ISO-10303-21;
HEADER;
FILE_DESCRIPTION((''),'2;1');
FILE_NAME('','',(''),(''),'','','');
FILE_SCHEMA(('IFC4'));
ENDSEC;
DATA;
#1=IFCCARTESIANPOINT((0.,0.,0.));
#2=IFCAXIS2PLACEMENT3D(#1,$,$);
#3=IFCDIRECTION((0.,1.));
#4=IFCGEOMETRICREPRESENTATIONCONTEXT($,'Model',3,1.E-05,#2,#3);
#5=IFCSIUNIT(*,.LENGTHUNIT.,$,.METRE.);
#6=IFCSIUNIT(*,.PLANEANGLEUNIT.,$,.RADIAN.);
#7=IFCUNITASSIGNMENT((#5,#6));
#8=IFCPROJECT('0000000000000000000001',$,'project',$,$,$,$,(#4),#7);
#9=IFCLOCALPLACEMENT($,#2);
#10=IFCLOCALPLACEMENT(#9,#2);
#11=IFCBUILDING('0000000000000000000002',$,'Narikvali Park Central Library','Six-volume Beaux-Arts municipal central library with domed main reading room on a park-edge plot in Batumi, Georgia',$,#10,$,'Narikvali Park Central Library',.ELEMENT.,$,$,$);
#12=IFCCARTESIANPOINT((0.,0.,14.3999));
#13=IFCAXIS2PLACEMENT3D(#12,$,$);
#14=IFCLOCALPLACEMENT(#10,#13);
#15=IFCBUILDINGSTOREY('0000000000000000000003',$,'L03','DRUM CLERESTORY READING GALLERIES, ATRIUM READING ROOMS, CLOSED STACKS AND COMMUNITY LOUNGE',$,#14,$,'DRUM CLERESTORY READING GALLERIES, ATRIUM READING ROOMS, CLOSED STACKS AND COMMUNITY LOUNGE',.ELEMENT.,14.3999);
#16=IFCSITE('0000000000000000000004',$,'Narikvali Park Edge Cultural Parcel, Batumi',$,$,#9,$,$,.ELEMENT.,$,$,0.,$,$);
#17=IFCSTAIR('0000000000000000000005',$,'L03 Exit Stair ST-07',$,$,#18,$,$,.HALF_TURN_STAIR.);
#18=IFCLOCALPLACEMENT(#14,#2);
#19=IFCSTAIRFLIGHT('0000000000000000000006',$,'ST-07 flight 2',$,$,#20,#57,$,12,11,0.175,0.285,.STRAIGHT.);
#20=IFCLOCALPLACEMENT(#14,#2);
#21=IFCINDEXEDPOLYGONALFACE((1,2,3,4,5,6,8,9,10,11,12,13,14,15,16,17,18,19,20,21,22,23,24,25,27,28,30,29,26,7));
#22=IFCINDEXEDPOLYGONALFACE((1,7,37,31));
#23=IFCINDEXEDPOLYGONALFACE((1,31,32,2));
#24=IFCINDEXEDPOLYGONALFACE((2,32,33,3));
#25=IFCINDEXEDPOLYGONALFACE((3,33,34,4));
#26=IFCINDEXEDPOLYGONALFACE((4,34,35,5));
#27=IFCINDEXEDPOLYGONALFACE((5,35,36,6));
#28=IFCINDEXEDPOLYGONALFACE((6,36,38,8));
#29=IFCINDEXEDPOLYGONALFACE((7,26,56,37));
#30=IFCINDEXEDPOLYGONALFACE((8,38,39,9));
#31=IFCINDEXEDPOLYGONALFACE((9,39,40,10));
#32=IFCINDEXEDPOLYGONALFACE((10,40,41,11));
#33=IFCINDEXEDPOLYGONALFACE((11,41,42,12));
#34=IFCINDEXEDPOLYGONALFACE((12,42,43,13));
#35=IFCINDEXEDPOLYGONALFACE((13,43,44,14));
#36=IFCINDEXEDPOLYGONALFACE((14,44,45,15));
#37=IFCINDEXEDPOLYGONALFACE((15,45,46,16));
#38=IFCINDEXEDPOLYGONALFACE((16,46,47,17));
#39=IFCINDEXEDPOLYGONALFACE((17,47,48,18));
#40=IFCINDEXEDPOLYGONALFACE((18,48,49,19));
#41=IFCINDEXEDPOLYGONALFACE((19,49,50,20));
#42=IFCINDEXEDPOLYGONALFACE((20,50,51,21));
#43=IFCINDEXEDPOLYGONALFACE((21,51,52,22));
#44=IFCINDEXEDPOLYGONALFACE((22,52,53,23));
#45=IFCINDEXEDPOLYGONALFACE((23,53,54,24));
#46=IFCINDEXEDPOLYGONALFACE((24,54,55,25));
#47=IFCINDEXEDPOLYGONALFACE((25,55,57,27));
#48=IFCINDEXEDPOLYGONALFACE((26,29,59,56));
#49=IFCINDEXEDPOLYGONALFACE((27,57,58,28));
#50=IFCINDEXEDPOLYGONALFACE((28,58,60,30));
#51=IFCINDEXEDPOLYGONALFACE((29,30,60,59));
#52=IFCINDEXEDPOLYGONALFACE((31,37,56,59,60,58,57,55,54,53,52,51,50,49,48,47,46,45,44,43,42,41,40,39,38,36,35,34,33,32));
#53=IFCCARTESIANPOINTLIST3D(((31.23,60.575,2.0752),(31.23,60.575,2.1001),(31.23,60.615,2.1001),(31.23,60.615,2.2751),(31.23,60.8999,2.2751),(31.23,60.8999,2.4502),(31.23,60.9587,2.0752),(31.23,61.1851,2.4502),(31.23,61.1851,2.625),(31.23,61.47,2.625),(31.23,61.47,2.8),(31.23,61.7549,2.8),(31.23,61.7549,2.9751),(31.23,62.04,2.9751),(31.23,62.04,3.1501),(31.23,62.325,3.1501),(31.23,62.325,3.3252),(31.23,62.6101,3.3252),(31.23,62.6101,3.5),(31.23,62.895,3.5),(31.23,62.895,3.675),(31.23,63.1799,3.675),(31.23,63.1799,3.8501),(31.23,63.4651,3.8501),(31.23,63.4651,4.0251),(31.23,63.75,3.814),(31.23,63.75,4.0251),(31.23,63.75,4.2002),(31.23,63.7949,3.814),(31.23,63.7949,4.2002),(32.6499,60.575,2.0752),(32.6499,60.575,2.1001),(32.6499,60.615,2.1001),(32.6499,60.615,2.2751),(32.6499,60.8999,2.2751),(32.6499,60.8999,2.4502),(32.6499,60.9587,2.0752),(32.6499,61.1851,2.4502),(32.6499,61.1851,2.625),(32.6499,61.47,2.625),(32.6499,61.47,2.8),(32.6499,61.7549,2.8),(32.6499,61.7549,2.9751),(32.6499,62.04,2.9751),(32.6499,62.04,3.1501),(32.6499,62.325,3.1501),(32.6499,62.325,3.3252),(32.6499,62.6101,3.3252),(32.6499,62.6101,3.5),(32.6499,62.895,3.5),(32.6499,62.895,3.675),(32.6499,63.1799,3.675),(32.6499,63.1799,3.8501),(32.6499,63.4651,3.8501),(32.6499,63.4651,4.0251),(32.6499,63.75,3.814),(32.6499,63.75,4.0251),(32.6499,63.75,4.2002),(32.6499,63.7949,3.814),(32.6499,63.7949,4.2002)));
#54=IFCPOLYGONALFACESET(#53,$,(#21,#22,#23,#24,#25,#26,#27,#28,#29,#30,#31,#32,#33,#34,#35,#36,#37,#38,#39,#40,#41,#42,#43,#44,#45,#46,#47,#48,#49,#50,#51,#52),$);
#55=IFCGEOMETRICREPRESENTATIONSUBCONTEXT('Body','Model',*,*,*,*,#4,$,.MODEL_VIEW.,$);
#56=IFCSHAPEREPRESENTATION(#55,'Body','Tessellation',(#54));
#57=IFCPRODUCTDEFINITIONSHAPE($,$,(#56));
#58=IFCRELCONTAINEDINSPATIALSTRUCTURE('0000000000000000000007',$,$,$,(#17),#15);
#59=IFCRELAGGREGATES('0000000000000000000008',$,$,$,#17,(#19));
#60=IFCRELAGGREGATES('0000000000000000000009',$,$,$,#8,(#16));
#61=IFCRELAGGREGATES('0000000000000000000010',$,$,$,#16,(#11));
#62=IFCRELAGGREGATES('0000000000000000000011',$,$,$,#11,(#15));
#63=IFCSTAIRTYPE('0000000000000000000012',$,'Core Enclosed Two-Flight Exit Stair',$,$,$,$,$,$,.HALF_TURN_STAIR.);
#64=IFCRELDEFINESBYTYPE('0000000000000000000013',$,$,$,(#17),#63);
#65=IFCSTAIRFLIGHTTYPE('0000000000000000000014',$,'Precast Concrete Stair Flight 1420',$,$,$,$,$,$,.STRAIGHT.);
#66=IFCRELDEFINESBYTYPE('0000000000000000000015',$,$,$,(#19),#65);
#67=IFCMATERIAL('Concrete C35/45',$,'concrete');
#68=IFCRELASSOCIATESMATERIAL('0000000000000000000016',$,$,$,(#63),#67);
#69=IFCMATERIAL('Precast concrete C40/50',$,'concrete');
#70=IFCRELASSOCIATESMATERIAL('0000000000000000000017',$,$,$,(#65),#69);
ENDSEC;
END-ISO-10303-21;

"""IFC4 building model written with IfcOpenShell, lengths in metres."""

from ifc_helpers import new_model, si_unit, direction, frame, origin, place, context, subcontext, project, spatial, polyline, outline, extrude, material, type_object, element, aggregate, save


model = new_model("IFC4")

# Units and contexts
model_context = context("Model", 3, precision=1e-05, world=origin(), true_north=direction((0.0, 1.0)))
body_context = subcontext(model_context, "Body", "Model", "MODEL_VIEW")
ifc_project = project(units=[si_unit("LENGTHUNIT", "METRE"), si_unit("PLANEANGLEUNIT", "RADIAN")], contexts=[model_context])

# Site, building, storey
site_placement = place(None, origin())
site = spatial("IfcSite", under=ifc_project, at=site_placement, Name="Narikvali Park Edge Cultural Parcel, Batumi", CompositionType="ELEMENT", RefElevation=0.0)
building_placement = place(site_placement, origin())
building = spatial("IfcBuilding", under=site, at=building_placement, Name="Narikvali Park Central Library", Description="Six-volume Beaux-Arts municipal central library with domed main reading room on a park-edge plot in Batumi, Georgia", LongName="Narikvali Park Central Library", CompositionType="ELEMENT")
storey_placement = place(building_placement, frame((0.0, 0.0, 14.3999)))
storey = spatial("IfcBuildingStorey", under=building, at=storey_placement, Name="L03", Description="DRUM CLERESTORY READING GALLERIES, ATRIUM READING ROOMS, CLOSED STACKS AND COMMUNITY LOUNGE", LongName="DRUM CLERESTORY READING GALLERIES, ATRIUM READING ROOMS, CLOSED STACKS AND COMMUNITY LOUNGE", CompositionType="ELEMENT", Elevation=14.3999)

# Stair, stair flight
ifc_material_1 = material(Name="Concrete C35/45", Category="concrete")
stair_type = type_object("IfcStairType", Name="Core Enclosed Two-Flight Exit Stair", PredefinedType="HALF_TURN_STAIR", material=ifc_material_1)
stair_placement = place(storey_placement, origin())
stair = element("IfcStair", 1, at=stair_placement, inside=storey, type_object=stair_type, Name="L03 Exit Stair ST-07", PredefinedType="HALF_TURN_STAIR")
ifc_material_2 = material(Name="Precast concrete C40/50", Category="concrete")
stair_flight_type = type_object("IfcStairFlightType", Name="Precast Concrete Stair Flight 1420", PredefinedType="STRAIGHT", material=ifc_material_2)
stair_flight_1_placement = place(storey_placement, frame((31.9399, 60.615, 2.1001), z_axis=(0.0, 0.0, 1.0), x_axis=(0.0, 1.0, 0.0)))
stair_flight_1 = element("IfcStairFlight", 2, at=stair_flight_1_placement, type_object=stair_flight_type, Name="ST-07 flight 2", NumberOfRisers=12, NumberOfTreads=11, PredefinedType="STRAIGHT", RiserHeight=0.175, TreadLength=0.285, context=body_context, shape_type="SweptSolid", body=[
    extrude(outline(polyline([(-0.04, -0.0249), (-0.04, 0.0), (0.0, 0.0), (0.0, 0.175), (0.2849, 0.175), (0.2849, 0.3501), (0.5701, 0.3501), (0.5701, 0.5249), (0.855, 0.5249), (0.855, 0.7), (1.1399, 0.7), (1.1399, 0.875), (1.425, 0.875), (1.425, 1.05), (1.71, 1.05), (1.71, 1.2251), (1.9951, 1.2251), (1.9951, 1.3999), (2.28, 1.3999), (2.28, 1.575), (2.5649, 1.575), (2.5649, 1.75), (2.8501, 1.75), (2.8501, 1.925), (3.135, 1.925), (3.135, 2.1001), (3.1799, 2.1001), (3.1799, 1.7139), (3.135, 1.7139), (0.3438, -0.0249), (-0.04, -0.0249)])), frame((0.0, 0.71, 0.0), z_axis=(0.0, -1.0, 0.0), x_axis=(1.0, 0.0, 0.0)), (0.0, 0.0, 1.0), 1.4199),
])
aggregate(stair, [stair_flight_1])

save(model, "model.ifc")
